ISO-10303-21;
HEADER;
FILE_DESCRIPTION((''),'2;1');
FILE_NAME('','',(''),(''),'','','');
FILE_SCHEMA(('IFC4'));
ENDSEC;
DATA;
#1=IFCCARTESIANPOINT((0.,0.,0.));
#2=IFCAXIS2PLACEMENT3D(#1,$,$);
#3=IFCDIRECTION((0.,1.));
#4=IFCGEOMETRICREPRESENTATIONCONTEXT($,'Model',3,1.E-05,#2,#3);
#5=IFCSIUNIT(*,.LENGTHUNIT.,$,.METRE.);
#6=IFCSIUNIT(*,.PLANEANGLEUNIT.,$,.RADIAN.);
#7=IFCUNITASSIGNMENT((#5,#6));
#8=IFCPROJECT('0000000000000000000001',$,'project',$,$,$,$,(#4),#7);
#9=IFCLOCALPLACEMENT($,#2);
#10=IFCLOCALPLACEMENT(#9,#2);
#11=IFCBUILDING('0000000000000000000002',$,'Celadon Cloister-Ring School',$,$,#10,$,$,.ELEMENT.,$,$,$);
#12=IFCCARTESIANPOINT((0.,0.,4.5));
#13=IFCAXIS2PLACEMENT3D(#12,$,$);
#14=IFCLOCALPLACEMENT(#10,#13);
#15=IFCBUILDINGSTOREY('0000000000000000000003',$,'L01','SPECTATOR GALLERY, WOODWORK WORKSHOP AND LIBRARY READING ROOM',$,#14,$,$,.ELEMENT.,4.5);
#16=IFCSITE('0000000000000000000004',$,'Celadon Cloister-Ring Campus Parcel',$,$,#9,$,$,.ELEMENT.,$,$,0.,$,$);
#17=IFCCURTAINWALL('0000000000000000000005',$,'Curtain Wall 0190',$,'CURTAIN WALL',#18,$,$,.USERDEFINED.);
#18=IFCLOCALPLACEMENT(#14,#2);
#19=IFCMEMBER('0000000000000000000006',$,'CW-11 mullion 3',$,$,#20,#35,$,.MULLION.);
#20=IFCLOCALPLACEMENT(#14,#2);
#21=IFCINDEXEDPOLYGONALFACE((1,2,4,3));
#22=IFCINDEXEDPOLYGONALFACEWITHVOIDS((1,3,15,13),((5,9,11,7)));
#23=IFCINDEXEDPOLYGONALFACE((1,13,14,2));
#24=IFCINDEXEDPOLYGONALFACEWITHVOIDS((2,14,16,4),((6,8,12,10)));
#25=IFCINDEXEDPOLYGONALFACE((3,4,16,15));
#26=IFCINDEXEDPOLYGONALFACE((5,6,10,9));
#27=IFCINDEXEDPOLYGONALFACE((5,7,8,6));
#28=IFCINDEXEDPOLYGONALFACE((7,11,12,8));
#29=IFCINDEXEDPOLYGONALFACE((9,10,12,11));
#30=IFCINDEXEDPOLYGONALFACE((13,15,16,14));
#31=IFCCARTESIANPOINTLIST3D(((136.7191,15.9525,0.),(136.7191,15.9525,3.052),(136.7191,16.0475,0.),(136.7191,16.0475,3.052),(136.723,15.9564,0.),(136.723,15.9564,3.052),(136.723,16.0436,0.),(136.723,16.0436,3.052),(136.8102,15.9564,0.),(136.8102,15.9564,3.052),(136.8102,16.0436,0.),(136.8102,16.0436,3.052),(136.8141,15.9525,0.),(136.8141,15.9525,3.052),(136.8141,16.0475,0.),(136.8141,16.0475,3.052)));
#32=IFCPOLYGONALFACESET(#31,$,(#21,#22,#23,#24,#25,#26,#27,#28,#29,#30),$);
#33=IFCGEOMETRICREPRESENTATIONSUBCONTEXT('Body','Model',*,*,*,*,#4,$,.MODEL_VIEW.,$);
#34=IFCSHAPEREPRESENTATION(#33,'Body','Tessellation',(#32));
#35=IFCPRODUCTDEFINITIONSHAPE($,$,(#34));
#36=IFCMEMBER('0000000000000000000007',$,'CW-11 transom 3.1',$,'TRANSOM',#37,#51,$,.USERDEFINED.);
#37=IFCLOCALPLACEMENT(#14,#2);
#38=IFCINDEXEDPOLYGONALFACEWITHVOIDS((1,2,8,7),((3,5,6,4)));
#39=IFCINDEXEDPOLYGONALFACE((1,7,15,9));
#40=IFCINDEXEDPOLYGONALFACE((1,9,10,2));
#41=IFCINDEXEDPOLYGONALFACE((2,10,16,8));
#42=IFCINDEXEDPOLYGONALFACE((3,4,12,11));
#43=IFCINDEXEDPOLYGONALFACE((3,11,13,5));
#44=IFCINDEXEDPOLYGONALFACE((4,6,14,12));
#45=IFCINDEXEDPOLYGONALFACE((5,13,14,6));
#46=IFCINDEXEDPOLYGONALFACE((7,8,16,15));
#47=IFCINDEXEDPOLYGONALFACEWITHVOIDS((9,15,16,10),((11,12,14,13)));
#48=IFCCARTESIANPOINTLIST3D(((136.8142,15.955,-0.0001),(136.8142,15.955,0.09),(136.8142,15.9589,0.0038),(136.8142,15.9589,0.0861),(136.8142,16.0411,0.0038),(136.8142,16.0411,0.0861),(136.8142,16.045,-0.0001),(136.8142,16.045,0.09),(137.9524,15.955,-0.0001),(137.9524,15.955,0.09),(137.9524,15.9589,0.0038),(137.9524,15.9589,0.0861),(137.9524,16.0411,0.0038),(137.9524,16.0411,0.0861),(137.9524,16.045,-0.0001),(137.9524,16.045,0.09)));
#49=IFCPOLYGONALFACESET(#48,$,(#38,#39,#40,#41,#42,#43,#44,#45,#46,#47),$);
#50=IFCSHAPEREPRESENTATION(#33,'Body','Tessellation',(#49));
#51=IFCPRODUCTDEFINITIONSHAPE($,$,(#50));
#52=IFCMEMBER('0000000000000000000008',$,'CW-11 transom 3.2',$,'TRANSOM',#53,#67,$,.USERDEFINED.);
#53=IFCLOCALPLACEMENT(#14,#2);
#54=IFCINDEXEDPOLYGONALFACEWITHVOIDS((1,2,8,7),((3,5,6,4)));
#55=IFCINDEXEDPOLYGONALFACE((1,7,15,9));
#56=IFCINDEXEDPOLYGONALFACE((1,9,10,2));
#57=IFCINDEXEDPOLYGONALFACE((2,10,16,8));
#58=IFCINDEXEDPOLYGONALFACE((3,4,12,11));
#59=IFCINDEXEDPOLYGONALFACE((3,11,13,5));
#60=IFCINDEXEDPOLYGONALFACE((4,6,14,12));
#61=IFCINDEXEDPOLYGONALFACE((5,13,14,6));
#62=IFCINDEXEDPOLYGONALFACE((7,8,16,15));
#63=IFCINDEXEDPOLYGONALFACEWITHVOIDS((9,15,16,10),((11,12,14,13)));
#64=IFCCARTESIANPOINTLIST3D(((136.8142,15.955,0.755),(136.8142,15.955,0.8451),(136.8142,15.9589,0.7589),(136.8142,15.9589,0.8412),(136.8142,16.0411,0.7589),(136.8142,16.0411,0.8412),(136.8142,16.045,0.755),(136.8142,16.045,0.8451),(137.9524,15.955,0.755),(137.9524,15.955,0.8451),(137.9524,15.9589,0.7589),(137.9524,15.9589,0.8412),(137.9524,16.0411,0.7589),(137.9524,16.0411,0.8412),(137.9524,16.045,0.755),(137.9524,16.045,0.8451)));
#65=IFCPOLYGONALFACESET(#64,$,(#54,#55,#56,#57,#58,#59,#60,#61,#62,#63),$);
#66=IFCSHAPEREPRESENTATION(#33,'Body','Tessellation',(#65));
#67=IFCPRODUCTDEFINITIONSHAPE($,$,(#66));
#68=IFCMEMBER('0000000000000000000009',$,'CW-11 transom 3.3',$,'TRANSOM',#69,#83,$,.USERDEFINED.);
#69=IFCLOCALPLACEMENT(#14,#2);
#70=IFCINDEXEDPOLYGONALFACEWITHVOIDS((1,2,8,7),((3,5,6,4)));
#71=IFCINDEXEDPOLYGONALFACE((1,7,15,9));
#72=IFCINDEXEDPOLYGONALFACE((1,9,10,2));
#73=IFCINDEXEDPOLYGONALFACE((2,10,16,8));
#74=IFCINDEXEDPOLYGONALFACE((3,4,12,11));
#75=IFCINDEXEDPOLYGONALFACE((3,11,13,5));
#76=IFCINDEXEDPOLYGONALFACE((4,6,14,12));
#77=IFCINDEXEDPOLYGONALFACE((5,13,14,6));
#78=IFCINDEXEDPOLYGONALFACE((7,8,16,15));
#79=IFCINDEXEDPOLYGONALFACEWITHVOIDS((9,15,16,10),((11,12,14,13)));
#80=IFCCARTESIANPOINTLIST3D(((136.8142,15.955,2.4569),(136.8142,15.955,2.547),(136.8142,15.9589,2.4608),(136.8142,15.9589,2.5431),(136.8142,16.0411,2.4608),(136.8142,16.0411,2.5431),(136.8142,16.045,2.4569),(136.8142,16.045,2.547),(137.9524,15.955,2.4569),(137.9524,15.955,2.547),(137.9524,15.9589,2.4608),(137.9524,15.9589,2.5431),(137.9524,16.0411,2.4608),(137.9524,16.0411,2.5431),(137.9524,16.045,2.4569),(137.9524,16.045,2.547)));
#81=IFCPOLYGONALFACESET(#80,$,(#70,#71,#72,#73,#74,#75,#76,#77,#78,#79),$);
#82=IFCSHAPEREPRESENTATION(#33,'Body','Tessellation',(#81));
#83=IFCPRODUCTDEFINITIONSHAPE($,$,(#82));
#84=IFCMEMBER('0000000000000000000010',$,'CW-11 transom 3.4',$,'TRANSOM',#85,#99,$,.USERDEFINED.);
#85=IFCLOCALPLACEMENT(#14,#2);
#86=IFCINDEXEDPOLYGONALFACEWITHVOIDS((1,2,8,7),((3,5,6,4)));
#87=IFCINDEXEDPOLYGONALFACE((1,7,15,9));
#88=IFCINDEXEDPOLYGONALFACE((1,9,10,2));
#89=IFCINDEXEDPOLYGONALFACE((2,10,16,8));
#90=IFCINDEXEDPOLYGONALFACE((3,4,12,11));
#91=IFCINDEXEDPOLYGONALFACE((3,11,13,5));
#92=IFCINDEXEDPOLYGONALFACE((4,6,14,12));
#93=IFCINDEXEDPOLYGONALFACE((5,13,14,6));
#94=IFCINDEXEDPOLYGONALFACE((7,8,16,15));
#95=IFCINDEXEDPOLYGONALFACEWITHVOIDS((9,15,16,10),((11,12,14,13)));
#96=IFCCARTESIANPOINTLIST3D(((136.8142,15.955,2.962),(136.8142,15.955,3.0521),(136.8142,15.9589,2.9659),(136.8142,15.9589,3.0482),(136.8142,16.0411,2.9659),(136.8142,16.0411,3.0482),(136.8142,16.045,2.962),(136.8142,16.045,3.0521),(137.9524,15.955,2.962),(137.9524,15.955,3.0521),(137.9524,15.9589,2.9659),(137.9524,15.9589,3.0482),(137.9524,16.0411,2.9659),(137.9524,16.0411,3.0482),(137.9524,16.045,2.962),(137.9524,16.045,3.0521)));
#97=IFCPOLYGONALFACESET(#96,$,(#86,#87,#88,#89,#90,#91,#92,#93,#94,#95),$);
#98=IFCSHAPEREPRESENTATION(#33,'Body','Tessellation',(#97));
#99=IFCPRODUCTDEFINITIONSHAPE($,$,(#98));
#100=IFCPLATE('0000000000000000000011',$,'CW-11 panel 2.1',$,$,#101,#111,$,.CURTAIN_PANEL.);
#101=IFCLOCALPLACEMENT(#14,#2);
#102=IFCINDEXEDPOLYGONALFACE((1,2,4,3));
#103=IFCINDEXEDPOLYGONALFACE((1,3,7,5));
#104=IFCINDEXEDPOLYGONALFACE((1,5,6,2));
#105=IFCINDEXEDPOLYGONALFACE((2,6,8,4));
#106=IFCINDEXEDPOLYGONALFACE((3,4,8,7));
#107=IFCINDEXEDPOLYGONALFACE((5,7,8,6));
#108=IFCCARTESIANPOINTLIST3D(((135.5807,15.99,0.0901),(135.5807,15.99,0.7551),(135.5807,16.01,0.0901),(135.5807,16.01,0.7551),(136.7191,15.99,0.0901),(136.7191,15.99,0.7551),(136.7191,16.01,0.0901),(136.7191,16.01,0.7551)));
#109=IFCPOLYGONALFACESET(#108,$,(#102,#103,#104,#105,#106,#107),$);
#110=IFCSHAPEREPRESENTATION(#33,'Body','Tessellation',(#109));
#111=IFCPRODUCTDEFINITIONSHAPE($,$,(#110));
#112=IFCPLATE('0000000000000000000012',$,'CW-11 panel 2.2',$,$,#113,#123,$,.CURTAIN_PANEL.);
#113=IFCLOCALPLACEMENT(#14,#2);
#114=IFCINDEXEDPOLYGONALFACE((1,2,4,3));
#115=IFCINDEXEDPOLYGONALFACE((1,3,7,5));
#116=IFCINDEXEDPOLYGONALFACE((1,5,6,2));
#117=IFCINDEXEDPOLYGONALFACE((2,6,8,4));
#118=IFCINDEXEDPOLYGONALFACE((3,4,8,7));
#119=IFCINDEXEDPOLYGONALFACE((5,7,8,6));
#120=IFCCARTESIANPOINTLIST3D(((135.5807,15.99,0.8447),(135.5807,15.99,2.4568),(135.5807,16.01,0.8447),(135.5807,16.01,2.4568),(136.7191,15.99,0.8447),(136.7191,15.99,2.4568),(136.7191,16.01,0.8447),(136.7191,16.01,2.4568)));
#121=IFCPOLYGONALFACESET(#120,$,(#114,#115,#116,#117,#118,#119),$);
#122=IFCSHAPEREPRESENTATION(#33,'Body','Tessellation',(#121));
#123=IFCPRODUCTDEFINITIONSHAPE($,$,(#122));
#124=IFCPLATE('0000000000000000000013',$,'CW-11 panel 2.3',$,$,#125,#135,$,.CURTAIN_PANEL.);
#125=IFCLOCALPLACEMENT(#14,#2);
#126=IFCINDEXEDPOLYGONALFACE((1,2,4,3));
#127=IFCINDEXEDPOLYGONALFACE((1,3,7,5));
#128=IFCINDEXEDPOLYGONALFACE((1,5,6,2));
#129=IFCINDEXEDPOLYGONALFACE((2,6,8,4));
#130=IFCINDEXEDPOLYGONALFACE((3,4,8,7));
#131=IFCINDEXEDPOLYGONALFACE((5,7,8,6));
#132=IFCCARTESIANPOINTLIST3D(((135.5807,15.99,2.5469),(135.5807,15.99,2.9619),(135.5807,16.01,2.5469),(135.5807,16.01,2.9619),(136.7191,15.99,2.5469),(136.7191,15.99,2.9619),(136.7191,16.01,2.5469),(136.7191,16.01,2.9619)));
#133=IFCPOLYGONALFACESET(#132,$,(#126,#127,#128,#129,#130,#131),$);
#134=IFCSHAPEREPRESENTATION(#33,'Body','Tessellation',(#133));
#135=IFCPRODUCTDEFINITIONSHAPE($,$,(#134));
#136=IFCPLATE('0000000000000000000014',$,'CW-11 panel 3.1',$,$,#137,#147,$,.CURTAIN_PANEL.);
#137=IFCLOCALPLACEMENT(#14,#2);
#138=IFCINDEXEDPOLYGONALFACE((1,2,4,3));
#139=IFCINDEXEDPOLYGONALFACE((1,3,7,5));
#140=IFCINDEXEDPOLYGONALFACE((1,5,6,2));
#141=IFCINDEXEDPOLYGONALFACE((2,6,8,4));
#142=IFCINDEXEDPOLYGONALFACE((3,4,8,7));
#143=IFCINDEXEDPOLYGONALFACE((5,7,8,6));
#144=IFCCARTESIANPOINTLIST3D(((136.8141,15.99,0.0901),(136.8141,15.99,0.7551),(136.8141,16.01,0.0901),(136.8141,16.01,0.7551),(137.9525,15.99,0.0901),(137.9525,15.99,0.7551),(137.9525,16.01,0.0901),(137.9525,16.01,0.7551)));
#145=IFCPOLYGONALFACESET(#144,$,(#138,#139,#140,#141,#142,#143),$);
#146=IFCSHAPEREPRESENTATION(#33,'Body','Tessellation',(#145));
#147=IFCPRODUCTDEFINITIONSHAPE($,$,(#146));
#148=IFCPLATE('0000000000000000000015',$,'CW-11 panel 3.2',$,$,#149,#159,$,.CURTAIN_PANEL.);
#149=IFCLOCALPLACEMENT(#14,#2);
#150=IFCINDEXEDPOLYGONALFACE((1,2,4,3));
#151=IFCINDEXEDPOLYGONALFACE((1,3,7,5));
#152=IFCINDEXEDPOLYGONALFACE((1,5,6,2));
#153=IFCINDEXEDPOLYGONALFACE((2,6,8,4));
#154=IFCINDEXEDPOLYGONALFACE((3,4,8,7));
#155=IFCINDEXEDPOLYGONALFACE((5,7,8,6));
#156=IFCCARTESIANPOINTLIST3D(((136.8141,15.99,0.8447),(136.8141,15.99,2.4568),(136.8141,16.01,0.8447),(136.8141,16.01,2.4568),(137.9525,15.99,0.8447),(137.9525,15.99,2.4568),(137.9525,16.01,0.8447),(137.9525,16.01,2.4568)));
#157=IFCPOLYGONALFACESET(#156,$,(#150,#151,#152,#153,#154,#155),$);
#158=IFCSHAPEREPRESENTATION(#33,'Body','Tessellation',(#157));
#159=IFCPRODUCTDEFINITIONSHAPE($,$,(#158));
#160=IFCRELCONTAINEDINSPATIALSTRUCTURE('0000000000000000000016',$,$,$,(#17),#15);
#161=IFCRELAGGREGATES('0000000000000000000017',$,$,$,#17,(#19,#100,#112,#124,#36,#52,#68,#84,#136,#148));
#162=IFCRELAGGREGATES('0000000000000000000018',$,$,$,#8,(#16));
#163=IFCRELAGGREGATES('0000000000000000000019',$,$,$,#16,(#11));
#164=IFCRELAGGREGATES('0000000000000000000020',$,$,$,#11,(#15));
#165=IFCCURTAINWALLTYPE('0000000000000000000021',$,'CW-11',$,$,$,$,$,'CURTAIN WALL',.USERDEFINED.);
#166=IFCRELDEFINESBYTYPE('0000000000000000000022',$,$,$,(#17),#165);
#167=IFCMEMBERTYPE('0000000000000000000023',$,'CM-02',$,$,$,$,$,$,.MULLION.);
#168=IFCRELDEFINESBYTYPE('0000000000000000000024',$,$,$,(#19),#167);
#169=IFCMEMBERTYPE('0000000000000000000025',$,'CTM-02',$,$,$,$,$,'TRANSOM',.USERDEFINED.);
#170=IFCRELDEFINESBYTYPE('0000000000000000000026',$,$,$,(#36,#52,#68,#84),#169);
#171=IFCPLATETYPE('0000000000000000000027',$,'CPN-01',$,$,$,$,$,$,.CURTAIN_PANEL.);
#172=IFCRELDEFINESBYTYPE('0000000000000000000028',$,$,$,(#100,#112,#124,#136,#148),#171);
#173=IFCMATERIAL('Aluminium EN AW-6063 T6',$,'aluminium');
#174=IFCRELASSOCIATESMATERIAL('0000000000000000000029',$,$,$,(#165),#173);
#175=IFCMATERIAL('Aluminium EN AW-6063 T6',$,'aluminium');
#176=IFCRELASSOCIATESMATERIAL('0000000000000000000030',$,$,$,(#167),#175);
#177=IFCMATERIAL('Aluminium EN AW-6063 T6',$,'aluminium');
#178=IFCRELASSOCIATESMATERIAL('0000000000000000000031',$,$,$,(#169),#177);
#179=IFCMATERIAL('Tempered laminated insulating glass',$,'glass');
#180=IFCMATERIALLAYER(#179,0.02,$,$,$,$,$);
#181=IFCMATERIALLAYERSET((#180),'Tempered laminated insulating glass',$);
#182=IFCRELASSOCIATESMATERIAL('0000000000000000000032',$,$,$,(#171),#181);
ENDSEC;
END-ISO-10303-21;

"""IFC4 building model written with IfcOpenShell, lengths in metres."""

from ifc_helpers import new_model, si_unit, direction, frame, origin, origin_2d, place, context, subcontext, project, spatial, rectangle, hollow_rectangle, extrude, material, layer, layer_set, material_profile, profile_set, type_object, element, aggregate, save


model = new_model("IFC4")

# Units and contexts
model_context = context("Model", 3, precision=1e-05, world=origin(), true_north=direction((0.0, 1.0)))
body_context = subcontext(model_context, "Body", "Model", "MODEL_VIEW")
ifc_project = project(units=[si_unit("LENGTHUNIT", "METRE"), si_unit("PLANEANGLEUNIT", "RADIAN")], contexts=[model_context])

# Site, building, storey
site_placement = place(None, origin())
site = spatial("IfcSite", under=ifc_project, at=site_placement, Name="Celadon Cloister-Ring Campus Parcel", CompositionType="ELEMENT", RefElevation=0.0)
building_placement = place(site_placement, origin())
building = spatial("IfcBuilding", under=site, at=building_placement, Name="Celadon Cloister-Ring School", CompositionType="ELEMENT")
storey_placement = place(building_placement, frame((0.0, 0.0, 4.5)))
storey = spatial("IfcBuildingStorey", under=building, at=storey_placement, Name="L01", Description="SPECTATOR GALLERY, WOODWORK WORKSHOP AND LIBRARY READING ROOM", CompositionType="ELEMENT", Elevation=4.5)

# Curtain wall, members, plates
ifc_material_1 = material(Name="Aluminium EN AW-6063 T6", Category="aluminium")
curtain_wall_type = type_object("IfcCurtainWallType", Name="CW-11", ElementType="CURTAIN WALL", PredefinedType="USERDEFINED", material=ifc_material_1)
curtain_wall_placement = place(storey_placement, origin())
curtain_wall = element("IfcCurtainWall", 1, at=curtain_wall_placement, inside=storey, type_object=curtain_wall_type, Name="Curtain Wall 0190", ObjectType="CURTAIN WALL", PredefinedType="USERDEFINED")
ifc_material_2 = material(Name="Aluminium EN AW-6063 T6", Category="aluminium")
ifc_material_profile_1 = material_profile(ifc_material_2, hollow_rectangle(XDim=0.095, YDim=0.095, WallThickness=0.0039, at=origin_2d()), Name="RHS95X95X4")
ifc_profile_set_1 = profile_set([ifc_material_profile_1], Name="Aluminium EN AW-6063 T6")
member_type_1 = type_object("IfcMemberType", Name="CM-02", PredefinedType="MULLION", material=ifc_profile_set_1)
member_1_placement = place(storey_placement, frame((136.7666, 16.0, 0.0), z_axis=(0.0, 0.0, 1.0), x_axis=(0.0, 1.0, 0.0)))
member_1 = element("IfcMember", 2, at=member_1_placement, type_object=member_type_1, Name="CW-11 mullion 3", PredefinedType="MULLION", context=body_context, shape_type="SweptSolid", body=[
    extrude(hollow_rectangle(XDim=0.095, YDim=0.095, WallThickness=0.0039, at=origin_2d()), origin(), (0.0, 0.0, 1.0), 3.052),
])
ifc_material_3 = material(Name="Aluminium EN AW-6063 T6", Category="aluminium")
ifc_material_profile_2 = material_profile(ifc_material_3, hollow_rectangle(XDim=0.0901, YDim=0.0901, WallThickness=0.0039, at=origin_2d()), Name="RHS90X90X4")
ifc_profile_set_2 = profile_set([ifc_material_profile_2], Name="Aluminium EN AW-6063 T6")
member_type_2 = type_object("IfcMemberType", Name="CTM-02", ElementType="TRANSOM", PredefinedType="USERDEFINED", material=ifc_profile_set_2)
member_2_placement = place(storey_placement, frame((136.8142, 16.0, 0.0449), z_axis=(1.0, 0.0, 0.0), x_axis=(0.0, 1.0, 0.0)))
member_2 = element("IfcMember", 3, at=member_2_placement, type_object=member_type_2, Name="CW-11 transom 3.1", ObjectType="TRANSOM", PredefinedType="USERDEFINED", context=body_context, shape_type="SweptSolid", body=[
    extrude(hollow_rectangle(XDim=0.0901, YDim=0.0901, WallThickness=0.0039, at=origin_2d()), origin(), (0.0, 0.0, 1.0), 1.1382),
])
member_3_placement = place(storey_placement, frame((136.8142, 16.0, 0.8), z_axis=(1.0, 0.0, 0.0), x_axis=(0.0, 1.0, 0.0)))
member_3 = element("IfcMember", 4, at=member_3_placement, type_object=member_type_2, Name="CW-11 transom 3.2", ObjectType="TRANSOM", PredefinedType="USERDEFINED", context=body_context, shape_type="SweptSolid", body=[
    extrude(hollow_rectangle(XDim=0.0901, YDim=0.0901, WallThickness=0.0039, at=origin_2d()), origin(), (0.0, 0.0, 1.0), 1.1382),
])
member_4_placement = place(storey_placement, frame((136.8142, 16.0, 2.502), z_axis=(1.0, 0.0, 0.0), x_axis=(0.0, 1.0, 0.0)))
member_4 = element("IfcMember", 5, at=member_4_placement, type_object=member_type_2, Name="CW-11 transom 3.3", ObjectType="TRANSOM", PredefinedType="USERDEFINED", context=body_context, shape_type="SweptSolid", body=[
    extrude(hollow_rectangle(XDim=0.0901, YDim=0.0901, WallThickness=0.0039, at=origin_2d()), origin(), (0.0, 0.0, 1.0), 1.1382),
])
member_5_placement = place(storey_placement, frame((136.8142, 16.0, 3.0071), z_axis=(1.0, 0.0, 0.0), x_axis=(0.0, 1.0, 0.0)))
member_5 = element("IfcMember", 6, at=member_5_placement, type_object=member_type_2, Name="CW-11 transom 3.4", ObjectType="TRANSOM", PredefinedType="USERDEFINED", context=body_context, shape_type="SweptSolid", body=[
    extrude(hollow_rectangle(XDim=0.0901, YDim=0.0901, WallThickness=0.0039, at=origin_2d()), origin(), (0.0, 0.0, 1.0), 1.1382),
])
ifc_material_4 = material(Name="Tempered laminated insulating glass", Category="glass")
ifc_layer_1 = layer(ifc_material_4, 0.02)
ifc_layer_set_1 = layer_set([ifc_layer_1], Name="Tempered laminated insulating glass")
plate_type = type_object("IfcPlateType", Name="CPN-01", PredefinedType="CURTAIN_PANEL", material=ifc_layer_set_1)
plate_1_placement = place(storey_placement, frame((136.1499, 16.0, 0.0901), z_axis=(0.0, 0.0, 1.0), x_axis=(1.0, 0.0, 0.0)))
plate_1 = element("IfcPlate", 7, at=plate_1_placement, type_object=plate_type, Name="CW-11 panel 2.1", PredefinedType="CURTAIN_PANEL", context=body_context, shape_type="SweptSolid", body=[
    extrude(rectangle(XDim=1.1384, YDim=0.02, at=origin_2d()), origin(), (0.0, 0.0, 1.0), 0.665),
])
plate_2_placement = place(storey_placement, frame((136.1499, 16.0, 0.8447), z_axis=(0.0, 0.0, 1.0), x_axis=(1.0, 0.0, 0.0)))
plate_2 = element("IfcPlate", 8, at=plate_2_placement, type_object=plate_type, Name="CW-11 panel 2.2", PredefinedType="CURTAIN_PANEL", context=body_context, shape_type="SweptSolid", body=[
    extrude(rectangle(XDim=1.1384, YDim=0.02, at=origin_2d()), origin(), (0.0, 0.0, 1.0), 1.6121),
])
plate_3_placement = place(storey_placement, frame((136.1499, 16.0, 2.5469), z_axis=(0.0, 0.0, 1.0), x_axis=(1.0, 0.0, 0.0)))
plate_3 = element("IfcPlate", 9, at=plate_3_placement, type_object=plate_type, Name="CW-11 panel 2.3", PredefinedType="CURTAIN_PANEL", context=body_context, shape_type="SweptSolid", body=[
    extrude(rectangle(XDim=1.1384, YDim=0.02, at=origin_2d()), origin(), (0.0, 0.0, 1.0), 0.415),
])
plate_4_placement = place(storey_placement, frame((137.3833, 16.0, 0.0901), z_axis=(0.0, 0.0, 1.0), x_axis=(1.0, 0.0, 0.0)))
plate_4 = element("IfcPlate", 10, at=plate_4_placement, type_object=plate_type, Name="CW-11 panel 3.1", PredefinedType="CURTAIN_PANEL", context=body_context, shape_type="SweptSolid", body=[
    extrude(rectangle(XDim=1.1384, YDim=0.02, at=origin_2d()), origin(), (0.0, 0.0, 1.0), 0.665),
])
plate_5_placement = place(storey_placement, frame((137.3833, 16.0, 0.8447), z_axis=(0.0, 0.0, 1.0), x_axis=(1.0, 0.0, 0.0)))
plate_5 = element("IfcPlate", 11, at=plate_5_placement, type_object=plate_type, Name="CW-11 panel 3.2", PredefinedType="CURTAIN_PANEL", context=body_context, shape_type="SweptSolid", body=[
    extrude(rectangle(XDim=1.1384, YDim=0.02, at=origin_2d()), origin(), (0.0, 0.0, 1.0), 1.6121),
])
aggregate(curtain_wall, [member_1, plate_1, plate_2, plate_3, member_2, member_3, member_4, member_5, plate_4, plate_5])

save(model, "model.ifc")
